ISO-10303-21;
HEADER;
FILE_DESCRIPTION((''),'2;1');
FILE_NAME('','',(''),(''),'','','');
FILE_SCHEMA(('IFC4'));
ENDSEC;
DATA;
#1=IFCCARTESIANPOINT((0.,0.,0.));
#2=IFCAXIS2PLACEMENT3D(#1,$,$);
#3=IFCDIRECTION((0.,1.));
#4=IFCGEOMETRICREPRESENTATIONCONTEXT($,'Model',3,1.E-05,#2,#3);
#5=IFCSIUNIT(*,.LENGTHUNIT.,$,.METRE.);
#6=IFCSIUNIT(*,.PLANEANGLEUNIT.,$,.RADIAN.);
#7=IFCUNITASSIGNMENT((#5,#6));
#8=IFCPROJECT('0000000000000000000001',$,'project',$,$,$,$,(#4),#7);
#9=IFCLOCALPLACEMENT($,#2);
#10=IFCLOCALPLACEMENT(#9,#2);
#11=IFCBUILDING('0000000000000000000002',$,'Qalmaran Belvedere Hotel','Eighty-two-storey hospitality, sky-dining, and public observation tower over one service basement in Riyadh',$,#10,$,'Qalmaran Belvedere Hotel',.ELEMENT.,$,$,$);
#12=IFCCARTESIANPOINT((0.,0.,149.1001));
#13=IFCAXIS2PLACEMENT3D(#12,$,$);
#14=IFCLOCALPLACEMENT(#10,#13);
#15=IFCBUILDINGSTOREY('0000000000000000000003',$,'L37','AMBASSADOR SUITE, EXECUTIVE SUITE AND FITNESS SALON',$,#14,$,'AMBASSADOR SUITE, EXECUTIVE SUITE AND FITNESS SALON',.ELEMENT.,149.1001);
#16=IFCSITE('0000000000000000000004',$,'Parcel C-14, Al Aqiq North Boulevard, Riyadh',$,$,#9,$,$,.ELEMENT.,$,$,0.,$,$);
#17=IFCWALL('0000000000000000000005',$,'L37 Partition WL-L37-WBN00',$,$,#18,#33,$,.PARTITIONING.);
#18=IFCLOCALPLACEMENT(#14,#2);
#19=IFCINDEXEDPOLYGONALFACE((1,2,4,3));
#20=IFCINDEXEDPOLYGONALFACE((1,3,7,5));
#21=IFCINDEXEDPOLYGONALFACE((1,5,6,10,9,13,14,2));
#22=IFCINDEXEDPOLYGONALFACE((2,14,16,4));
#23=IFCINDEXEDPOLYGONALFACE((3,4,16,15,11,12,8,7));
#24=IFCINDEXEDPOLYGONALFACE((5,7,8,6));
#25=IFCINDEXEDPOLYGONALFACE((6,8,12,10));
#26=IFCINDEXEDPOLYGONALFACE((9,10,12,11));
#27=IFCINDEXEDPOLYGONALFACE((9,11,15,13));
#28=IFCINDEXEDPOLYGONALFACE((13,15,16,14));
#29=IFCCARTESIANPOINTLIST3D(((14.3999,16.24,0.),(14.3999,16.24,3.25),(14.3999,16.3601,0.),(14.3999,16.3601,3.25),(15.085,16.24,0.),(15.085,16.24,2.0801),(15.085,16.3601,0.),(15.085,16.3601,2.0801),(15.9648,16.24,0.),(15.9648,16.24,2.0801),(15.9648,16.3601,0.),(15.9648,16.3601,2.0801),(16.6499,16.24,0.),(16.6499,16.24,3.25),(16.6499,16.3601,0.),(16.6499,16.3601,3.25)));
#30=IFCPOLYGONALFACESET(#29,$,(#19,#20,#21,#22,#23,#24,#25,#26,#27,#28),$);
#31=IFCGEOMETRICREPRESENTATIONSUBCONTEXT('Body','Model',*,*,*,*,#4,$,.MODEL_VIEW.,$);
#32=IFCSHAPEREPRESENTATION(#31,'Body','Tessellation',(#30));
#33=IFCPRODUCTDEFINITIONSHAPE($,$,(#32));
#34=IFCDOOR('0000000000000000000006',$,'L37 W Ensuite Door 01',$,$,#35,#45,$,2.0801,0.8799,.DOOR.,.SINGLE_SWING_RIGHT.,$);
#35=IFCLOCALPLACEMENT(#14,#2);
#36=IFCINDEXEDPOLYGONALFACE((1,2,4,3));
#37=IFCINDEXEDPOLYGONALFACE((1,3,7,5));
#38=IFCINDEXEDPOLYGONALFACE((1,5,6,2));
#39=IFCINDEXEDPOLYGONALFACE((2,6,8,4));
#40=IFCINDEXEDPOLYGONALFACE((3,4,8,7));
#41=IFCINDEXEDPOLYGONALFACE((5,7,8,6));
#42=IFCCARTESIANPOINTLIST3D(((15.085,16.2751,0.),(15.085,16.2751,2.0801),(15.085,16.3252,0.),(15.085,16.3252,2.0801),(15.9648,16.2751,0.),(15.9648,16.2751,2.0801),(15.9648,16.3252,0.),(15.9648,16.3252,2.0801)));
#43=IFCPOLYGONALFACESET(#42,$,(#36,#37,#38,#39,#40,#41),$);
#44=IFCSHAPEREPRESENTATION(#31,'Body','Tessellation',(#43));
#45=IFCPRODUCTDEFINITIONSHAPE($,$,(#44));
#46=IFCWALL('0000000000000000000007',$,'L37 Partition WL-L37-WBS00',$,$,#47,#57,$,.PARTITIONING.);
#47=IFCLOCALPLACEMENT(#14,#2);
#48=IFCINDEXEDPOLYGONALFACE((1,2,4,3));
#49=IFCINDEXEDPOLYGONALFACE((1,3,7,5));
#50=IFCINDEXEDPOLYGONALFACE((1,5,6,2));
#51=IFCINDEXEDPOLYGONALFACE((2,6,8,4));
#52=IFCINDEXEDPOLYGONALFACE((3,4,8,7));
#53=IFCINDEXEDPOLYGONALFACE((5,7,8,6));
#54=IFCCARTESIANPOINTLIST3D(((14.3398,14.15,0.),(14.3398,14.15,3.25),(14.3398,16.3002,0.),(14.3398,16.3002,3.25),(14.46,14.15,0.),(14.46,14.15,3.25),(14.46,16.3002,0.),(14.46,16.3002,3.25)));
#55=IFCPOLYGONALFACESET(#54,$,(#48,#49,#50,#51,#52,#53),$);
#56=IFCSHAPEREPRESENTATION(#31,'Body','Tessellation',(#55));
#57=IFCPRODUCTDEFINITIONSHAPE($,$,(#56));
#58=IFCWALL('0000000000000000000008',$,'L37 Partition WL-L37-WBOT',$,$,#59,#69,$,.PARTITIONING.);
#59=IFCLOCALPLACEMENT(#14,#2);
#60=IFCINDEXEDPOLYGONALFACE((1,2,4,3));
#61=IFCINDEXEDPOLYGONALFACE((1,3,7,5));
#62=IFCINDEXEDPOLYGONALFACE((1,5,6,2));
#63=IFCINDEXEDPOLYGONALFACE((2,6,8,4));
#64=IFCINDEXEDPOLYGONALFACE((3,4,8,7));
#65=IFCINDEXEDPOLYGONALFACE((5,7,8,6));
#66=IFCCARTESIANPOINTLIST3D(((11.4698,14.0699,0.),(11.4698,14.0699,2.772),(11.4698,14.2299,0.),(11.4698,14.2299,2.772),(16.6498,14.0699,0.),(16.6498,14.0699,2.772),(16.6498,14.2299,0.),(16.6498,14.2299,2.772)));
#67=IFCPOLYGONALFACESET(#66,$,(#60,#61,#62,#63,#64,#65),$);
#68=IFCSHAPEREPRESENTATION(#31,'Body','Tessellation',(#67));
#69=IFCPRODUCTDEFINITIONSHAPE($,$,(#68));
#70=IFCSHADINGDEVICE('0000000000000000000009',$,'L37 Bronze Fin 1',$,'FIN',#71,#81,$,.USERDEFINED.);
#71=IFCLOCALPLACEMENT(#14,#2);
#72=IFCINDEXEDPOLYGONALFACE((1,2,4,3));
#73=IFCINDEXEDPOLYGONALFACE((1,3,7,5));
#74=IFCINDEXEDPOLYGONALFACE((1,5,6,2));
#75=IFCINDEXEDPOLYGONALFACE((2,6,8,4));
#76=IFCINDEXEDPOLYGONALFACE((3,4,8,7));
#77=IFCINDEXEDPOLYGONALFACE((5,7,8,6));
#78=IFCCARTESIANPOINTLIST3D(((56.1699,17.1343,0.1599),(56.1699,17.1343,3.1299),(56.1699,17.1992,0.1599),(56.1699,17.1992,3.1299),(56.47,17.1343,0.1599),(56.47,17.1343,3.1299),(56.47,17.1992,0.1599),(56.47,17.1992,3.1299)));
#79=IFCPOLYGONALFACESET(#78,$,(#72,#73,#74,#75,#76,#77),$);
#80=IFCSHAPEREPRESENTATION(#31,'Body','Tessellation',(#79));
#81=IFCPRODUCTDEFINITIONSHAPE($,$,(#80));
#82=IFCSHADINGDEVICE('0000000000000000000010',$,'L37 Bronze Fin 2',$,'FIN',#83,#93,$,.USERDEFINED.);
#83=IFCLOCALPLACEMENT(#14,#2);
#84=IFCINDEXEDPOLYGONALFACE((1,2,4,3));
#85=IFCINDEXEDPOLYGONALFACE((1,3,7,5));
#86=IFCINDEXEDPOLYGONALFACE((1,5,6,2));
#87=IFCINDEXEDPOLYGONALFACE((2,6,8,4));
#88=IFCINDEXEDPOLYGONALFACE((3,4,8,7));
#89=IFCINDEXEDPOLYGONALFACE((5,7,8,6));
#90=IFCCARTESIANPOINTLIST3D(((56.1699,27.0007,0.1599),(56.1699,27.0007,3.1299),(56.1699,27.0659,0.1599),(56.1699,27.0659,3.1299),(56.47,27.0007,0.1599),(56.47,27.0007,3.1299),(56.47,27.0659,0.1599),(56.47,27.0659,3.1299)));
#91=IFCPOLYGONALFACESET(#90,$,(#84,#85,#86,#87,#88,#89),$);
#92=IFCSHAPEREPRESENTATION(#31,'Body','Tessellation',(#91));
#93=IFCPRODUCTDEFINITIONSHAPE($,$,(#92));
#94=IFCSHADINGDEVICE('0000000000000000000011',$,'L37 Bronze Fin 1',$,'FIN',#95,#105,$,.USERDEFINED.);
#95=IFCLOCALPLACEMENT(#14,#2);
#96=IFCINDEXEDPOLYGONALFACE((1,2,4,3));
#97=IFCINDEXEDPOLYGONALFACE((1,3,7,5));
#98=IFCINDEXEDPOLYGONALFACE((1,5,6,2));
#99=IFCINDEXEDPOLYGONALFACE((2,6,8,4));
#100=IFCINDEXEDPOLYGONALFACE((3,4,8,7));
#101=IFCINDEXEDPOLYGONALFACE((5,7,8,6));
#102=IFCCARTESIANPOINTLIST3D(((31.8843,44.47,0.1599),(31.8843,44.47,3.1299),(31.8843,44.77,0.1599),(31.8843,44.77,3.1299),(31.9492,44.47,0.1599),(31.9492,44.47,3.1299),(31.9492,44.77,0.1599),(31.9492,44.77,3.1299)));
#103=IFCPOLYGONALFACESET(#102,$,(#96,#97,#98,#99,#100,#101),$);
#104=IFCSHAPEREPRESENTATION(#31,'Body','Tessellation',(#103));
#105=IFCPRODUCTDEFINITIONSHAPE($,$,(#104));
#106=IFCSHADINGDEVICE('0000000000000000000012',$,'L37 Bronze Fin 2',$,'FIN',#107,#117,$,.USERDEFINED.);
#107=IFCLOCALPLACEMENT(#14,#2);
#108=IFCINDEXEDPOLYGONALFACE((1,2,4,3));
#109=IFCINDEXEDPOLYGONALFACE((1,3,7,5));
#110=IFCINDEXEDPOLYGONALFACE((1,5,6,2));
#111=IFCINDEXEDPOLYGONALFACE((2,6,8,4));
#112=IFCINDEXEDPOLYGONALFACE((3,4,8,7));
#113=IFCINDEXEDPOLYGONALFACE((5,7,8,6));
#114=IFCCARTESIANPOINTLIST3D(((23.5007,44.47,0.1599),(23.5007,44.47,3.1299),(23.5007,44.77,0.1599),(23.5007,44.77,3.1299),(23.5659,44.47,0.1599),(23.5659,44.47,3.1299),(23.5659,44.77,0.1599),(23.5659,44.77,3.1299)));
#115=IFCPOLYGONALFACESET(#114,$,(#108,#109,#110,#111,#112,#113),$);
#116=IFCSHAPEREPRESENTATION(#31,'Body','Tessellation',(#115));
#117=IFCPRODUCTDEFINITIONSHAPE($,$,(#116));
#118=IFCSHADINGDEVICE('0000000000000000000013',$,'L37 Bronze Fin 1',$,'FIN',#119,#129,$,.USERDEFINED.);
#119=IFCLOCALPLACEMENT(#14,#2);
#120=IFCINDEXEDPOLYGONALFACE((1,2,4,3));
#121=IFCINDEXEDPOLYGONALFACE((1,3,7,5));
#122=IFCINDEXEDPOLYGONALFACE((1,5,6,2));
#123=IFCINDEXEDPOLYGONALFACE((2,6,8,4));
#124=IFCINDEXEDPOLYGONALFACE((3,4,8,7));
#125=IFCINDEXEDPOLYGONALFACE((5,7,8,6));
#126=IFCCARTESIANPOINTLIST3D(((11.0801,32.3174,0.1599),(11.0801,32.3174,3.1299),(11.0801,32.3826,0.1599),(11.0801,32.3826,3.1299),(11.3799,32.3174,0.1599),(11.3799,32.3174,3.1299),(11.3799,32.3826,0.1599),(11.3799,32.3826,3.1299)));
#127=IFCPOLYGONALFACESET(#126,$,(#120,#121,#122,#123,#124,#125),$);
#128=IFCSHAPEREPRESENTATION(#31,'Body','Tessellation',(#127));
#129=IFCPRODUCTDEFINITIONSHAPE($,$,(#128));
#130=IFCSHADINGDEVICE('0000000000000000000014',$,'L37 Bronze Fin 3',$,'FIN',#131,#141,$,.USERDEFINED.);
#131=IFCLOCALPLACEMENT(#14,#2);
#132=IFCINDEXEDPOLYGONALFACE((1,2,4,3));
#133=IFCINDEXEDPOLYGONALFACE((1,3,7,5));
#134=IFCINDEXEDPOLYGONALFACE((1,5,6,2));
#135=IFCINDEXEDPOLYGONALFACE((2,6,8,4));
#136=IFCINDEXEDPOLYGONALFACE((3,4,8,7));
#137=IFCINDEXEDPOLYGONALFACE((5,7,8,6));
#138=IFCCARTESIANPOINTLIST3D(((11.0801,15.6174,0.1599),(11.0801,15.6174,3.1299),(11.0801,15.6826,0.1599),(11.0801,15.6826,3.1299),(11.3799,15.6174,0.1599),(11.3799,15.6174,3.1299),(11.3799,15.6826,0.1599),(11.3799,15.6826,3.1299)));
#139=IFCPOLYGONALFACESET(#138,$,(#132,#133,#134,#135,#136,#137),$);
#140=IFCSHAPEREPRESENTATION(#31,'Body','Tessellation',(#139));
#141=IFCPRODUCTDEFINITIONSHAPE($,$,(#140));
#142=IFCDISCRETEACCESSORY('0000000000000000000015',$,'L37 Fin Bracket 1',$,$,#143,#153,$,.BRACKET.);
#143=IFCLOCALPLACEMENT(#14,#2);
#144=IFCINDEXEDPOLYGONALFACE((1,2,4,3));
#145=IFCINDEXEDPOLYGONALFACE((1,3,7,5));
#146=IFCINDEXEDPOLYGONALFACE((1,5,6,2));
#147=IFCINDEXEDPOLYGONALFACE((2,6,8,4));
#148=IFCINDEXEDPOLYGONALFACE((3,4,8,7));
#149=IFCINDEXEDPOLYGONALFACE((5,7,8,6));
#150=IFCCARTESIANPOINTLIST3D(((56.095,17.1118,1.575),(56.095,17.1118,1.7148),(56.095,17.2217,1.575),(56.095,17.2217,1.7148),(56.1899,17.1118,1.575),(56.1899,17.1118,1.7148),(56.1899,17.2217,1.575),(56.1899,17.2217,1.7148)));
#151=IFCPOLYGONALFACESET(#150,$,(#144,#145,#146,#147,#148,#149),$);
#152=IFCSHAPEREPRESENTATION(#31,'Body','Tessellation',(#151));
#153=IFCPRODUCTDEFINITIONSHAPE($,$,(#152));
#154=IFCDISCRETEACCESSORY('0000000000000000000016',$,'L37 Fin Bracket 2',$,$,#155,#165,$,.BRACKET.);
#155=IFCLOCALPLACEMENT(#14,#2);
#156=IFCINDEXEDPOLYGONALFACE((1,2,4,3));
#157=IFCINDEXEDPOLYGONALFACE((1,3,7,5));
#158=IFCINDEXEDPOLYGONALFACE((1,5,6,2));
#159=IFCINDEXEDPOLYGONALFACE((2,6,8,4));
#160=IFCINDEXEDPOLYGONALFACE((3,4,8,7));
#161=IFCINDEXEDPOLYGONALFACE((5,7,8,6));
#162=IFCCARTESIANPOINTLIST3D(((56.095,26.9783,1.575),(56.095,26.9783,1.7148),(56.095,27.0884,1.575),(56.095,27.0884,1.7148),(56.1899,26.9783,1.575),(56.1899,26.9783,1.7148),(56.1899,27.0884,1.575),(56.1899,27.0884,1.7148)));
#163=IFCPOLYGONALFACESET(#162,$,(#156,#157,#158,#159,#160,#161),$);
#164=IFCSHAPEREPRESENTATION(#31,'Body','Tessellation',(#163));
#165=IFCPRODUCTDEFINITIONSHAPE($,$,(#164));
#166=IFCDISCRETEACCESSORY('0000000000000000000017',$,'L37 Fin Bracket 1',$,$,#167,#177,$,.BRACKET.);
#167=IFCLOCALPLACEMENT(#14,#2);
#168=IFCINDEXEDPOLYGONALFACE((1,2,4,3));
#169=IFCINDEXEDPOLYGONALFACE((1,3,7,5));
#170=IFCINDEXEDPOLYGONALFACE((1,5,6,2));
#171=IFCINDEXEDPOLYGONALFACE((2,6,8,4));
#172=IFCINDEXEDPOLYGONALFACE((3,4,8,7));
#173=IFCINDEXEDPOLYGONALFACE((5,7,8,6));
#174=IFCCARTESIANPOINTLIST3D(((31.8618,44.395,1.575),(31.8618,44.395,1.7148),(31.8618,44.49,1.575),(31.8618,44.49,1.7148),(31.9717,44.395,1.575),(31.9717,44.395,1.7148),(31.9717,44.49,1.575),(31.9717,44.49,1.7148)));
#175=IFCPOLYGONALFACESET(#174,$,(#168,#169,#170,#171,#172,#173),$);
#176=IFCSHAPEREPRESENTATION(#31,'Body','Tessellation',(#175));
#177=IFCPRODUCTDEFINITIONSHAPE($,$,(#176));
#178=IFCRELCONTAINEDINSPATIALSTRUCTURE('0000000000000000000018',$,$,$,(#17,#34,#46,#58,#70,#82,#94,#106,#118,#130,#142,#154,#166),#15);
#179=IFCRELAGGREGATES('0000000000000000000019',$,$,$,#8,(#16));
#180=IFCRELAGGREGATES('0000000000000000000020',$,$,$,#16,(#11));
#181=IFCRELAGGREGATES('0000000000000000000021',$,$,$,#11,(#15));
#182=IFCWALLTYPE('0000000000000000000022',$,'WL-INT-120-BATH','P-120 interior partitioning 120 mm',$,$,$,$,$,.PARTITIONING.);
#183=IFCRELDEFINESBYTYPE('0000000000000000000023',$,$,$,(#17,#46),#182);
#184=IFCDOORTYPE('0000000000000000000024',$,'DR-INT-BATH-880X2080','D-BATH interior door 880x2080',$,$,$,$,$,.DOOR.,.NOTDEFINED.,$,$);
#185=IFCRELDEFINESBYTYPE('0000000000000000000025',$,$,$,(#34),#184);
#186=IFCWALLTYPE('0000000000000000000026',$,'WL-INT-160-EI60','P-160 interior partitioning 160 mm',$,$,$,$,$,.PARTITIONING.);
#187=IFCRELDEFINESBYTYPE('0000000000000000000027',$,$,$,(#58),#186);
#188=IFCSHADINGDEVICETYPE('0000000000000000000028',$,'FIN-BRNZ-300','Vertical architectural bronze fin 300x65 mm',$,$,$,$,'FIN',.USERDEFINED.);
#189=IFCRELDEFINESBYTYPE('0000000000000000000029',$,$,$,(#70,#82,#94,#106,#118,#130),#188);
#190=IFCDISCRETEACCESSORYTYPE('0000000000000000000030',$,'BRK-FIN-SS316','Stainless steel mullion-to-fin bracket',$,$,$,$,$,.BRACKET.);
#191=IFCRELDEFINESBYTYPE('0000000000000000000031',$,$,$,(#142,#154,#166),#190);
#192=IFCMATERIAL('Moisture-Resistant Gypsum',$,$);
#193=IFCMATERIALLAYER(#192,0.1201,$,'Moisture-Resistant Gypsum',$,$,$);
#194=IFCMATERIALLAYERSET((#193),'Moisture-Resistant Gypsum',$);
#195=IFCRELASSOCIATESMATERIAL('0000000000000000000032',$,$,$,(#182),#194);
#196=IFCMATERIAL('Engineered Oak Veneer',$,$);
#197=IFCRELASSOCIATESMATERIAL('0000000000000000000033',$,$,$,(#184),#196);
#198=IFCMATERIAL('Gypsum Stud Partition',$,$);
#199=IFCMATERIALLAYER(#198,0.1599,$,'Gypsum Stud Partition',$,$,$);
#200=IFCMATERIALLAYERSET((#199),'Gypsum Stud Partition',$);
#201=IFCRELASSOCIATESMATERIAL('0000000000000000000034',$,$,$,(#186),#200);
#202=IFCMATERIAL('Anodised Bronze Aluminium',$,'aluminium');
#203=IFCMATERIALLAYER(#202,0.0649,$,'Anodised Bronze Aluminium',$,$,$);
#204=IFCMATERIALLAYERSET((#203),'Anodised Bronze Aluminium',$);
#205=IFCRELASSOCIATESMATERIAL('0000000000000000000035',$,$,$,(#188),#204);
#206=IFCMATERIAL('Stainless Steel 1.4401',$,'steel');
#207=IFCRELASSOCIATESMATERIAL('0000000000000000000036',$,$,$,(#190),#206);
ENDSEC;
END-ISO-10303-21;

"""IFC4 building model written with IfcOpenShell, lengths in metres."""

from ifc_helpers import new_model, si_unit, direction, frame, frame_2d, origin, place, context, subcontext, project, spatial, polyline, rectangle, outline, extrude, material, layer, layer_set, type_object, element, fill, save


model = new_model("IFC4")

# Units and contexts
model_context = context("Model", 3, precision=1e-05, world=origin(), true_north=direction((0.0, 1.0)))
body_context = subcontext(model_context, "Body", "Model", "MODEL_VIEW")
ifc_project = project(units=[si_unit("LENGTHUNIT", "METRE"), si_unit("PLANEANGLEUNIT", "RADIAN")], contexts=[model_context])

# Site, building, storey
site_placement = place(None, origin())
site = spatial("IfcSite", under=ifc_project, at=site_placement, Name="Parcel C-14, Al Aqiq North Boulevard, Riyadh", CompositionType="ELEMENT", RefElevation=0.0)
building_placement = place(site_placement, origin())
building = spatial("IfcBuilding", under=site, at=building_placement, Name="Qalmaran Belvedere Hotel", Description="Eighty-two-storey hospitality, sky-dining, and public observation tower over one service basement in Riyadh", LongName="Qalmaran Belvedere Hotel", CompositionType="ELEMENT")
storey_placement = place(building_placement, frame((0.0, 0.0, 149.1001)))
storey = spatial("IfcBuildingStorey", under=building, at=storey_placement, Name="L37", Description="AMBASSADOR SUITE, EXECUTIVE SUITE AND FITNESS SALON", LongName="AMBASSADOR SUITE, EXECUTIVE SUITE AND FITNESS SALON", CompositionType="ELEMENT", Elevation=149.1001)

# Shared definitions
ifc_material_1 = material(Name="Anodised Bronze Aluminium", Category="aluminium")

# Wall, opening, door
ifc_material_2 = material(Name="Moisture-Resistant Gypsum")
ifc_layer_1 = layer(ifc_material_2, 0.1201, Name="Moisture-Resistant Gypsum")
ifc_layer_set_1 = layer_set([ifc_layer_1], Name="Moisture-Resistant Gypsum")
wall_type_1 = type_object("IfcWallType", Name="WL-INT-120-BATH", Description="P-120 interior partitioning 120 mm", PredefinedType="PARTITIONING", material=ifc_layer_set_1)
wall_1_placement = place(storey_placement, frame((14.3999, 16.3, 0.0), z_axis=(0.0, 0.0, 1.0), x_axis=(1.0, 0.0, 0.0)))
wall_1 = element("IfcWall", 1, at=wall_1_placement, inside=storey, type_object=wall_type_1, Name="L37 Partition WL-L37-WBN00", PredefinedType="PARTITIONING", context=body_context, shape_type="SweptSolid", body=[
    extrude(rectangle(XDim=2.25, YDim=0.1201, at=frame_2d((1.125, 0.0))), origin(), (0.0, 0.0, 1.0), 3.25),
])
opening_1_placement = place(wall_1_placement, frame((1.5649, 0.0, 0.0), z_axis=(0.0, 0.0, 1.0), x_axis=(-1.0, 0.0, 0.0)))
opening_1 = element("IfcOpeningElement", 2, at=opening_1_placement, cuts=wall_1, PredefinedType="OPENING", context=body_context, shape_type="SweptSolid", body=[
    extrude(rectangle(XDim=0.8799, YDim=2.0801, at=frame_2d((0.4399, 1.04))), frame((0.0, 0.0701, 0.0), z_axis=(0.0, -1.0, 0.0), x_axis=(1.0, 0.0, 0.0)), (0.0, 0.0, 1.0), 0.1401),
])
ifc_material_3 = material(Name="Engineered Oak Veneer")
door_type = type_object("IfcDoorType", Name="DR-INT-BATH-880X2080", Description="D-BATH interior door 880x2080", OperationType="NOTDEFINED", PredefinedType="DOOR", material=ifc_material_3)
door_placement = place(opening_1_placement, origin())
door = element("IfcDoor", 3, at=door_placement, inside=storey, type_object=door_type, Name="L37 W Ensuite Door 01", OperationType="SINGLE_SWING_RIGHT", OverallHeight=2.0801, OverallWidth=0.8799, PredefinedType="DOOR", context=body_context, shape_type="SweptSolid", body=[
    extrude(rectangle(XDim=0.8799, YDim=2.0801, at=frame_2d((0.4399, 1.04))), frame((0.0, 0.0249, 0.0), z_axis=(0.0, -1.0, 0.0), x_axis=(1.0, 0.0, 0.0)), (0.0, 0.0, 1.0), 0.05),
])
fill(opening_1, door)

# Walls
wall_2_placement = place(storey_placement, frame((14.3999, 14.1499, 0.0), z_axis=(0.0, 0.0, 1.0), x_axis=(0.0, 1.0, 0.0)))
element("IfcWall", 4, at=wall_2_placement, inside=storey, type_object=wall_type_1, Name="L37 Partition WL-L37-WBS00", PredefinedType="PARTITIONING", context=body_context, shape_type="SweptSolid", body=[
    extrude(rectangle(XDim=2.1501, YDim=0.1201, at=frame_2d((1.0752, 0.0))), origin(), (0.0, 0.0, 1.0), 3.25),
])
ifc_material_4 = material(Name="Gypsum Stud Partition")
ifc_layer_2 = layer(ifc_material_4, 0.1599, Name="Gypsum Stud Partition")
ifc_layer_set_2 = layer_set([ifc_layer_2], Name="Gypsum Stud Partition")
wall_type_2 = type_object("IfcWallType", Name="WL-INT-160-EI60", Description="P-160 interior partitioning 160 mm", PredefinedType="PARTITIONING", material=ifc_layer_set_2)
wall_3_placement = place(storey_placement, frame((11.47, 14.1499, 0.0), z_axis=(0.0, 0.0, 1.0), x_axis=(1.0, 0.0, 0.0)))
element("IfcWall", 5, at=wall_3_placement, inside=storey, type_object=wall_type_2, Name="L37 Partition WL-L37-WBOT", PredefinedType="PARTITIONING", context=body_context, shape_type="SweptSolid", body=[
    extrude(rectangle(XDim=5.1799, YDim=0.1599, at=frame_2d((2.5898, 0.0))), origin(), (0.0, 0.0, 1.0), 2.772),
])

# Shading devices
ifc_layer_3 = layer(ifc_material_1, 0.0649, Name="Anodised Bronze Aluminium")
ifc_layer_set_3 = layer_set([ifc_layer_3], Name="Anodised Bronze Aluminium")
shading_device_type = type_object("IfcShadingDeviceType", Name="FIN-BRNZ-300", Description="Vertical architectural bronze fin 300x65 mm", ElementType="FIN", PredefinedType="USERDEFINED", material=ifc_layer_set_3)
shading_device_1_placement = place(storey_placement, frame((0.0, 0.0, 0.1599)))
element("IfcShadingDevice", 6, at=shading_device_1_placement, inside=storey, type_object=shading_device_type, Name="L37 Bronze Fin 1", ObjectType="FIN", PredefinedType="USERDEFINED", context=body_context, shape_type="SweptSolid", body=[
    extrude(outline(polyline([(56.1699, 17.1343), (56.47, 17.1343), (56.47, 17.1992), (56.1699, 17.1992), (56.1699, 17.1343)])), origin(), (0.0, 0.0, 1.0), 2.97),
])
shading_device_2_placement = place(storey_placement, frame((0.0, 0.0, 0.1599)))
element("IfcShadingDevice", 7, at=shading_device_2_placement, inside=storey, type_object=shading_device_type, Name="L37 Bronze Fin 2", ObjectType="FIN", PredefinedType="USERDEFINED", context=body_context, shape_type="SweptSolid", body=[
    extrude(outline(polyline([(56.1699, 27.0007), (56.47, 27.0007), (56.47, 27.0659), (56.1699, 27.0659), (56.1699, 27.0007)])), origin(), (0.0, 0.0, 1.0), 2.97),
])
shading_device_3_placement = place(storey_placement, frame((0.0, 0.0, 0.1599)))
element("IfcShadingDevice", 8, at=shading_device_3_placement, inside=storey, type_object=shading_device_type, Name="L37 Bronze Fin 1", ObjectType="FIN", PredefinedType="USERDEFINED", context=body_context, shape_type="SweptSolid", body=[
    extrude(outline(polyline([(31.9492, 44.47), (31.9492, 44.77), (31.8843, 44.77), (31.8843, 44.47), (31.9492, 44.47)])), origin(), (0.0, 0.0, 1.0), 2.97),
])
shading_device_4_placement = place(storey_placement, frame((0.0, 0.0, 0.1599)))
element("IfcShadingDevice", 9, at=shading_device_4_placement, inside=storey, type_object=shading_device_type, Name="L37 Bronze Fin 2", ObjectType="FIN", PredefinedType="USERDEFINED", context=body_context, shape_type="SweptSolid", body=[
    extrude(outline(polyline([(23.5659, 44.47), (23.5659, 44.77), (23.5007, 44.77), (23.5007, 44.47), (23.5659, 44.47)])), origin(), (0.0, 0.0, 1.0), 2.97),
])
shading_device_5_placement = place(storey_placement, frame((0.0, 0.0, 0.1599)))
element("IfcShadingDevice", 10, at=shading_device_5_placement, inside=storey, type_object=shading_device_type, Name="L37 Bronze Fin 1", ObjectType="FIN", PredefinedType="USERDEFINED", context=body_context, shape_type="SweptSolid", body=[
    extrude(outline(polyline([(11.3799, 32.3826), (11.0801, 32.3826), (11.0801, 32.3174), (11.3799, 32.3174), (11.3799, 32.3826)])), origin(), (0.0, 0.0, 1.0), 2.97),
])
shading_device_6_placement = place(storey_placement, frame((0.0, 0.0, 0.1599)))
element("IfcShadingDevice", 11, at=shading_device_6_placement, inside=storey, type_object=shading_device_type, Name="L37 Bronze Fin 3", ObjectType="FIN", PredefinedType="USERDEFINED", context=body_context, shape_type="SweptSolid", body=[
    extrude(outline(polyline([(11.3799, 15.6826), (11.0801, 15.6826), (11.0801, 15.6174), (11.3799, 15.6174), (11.3799, 15.6826)])), origin(), (0.0, 0.0, 1.0), 2.97),
])

# Discrete accessories
ifc_material_5 = material(Name="Stainless Steel 1.4401", Category="steel")
discrete_accessory_type_1 = type_object("IfcDiscreteAccessoryType", Name="BRK-FIN-SS316", Description="Stainless steel mullion-to-fin bracket", PredefinedType="BRACKET", material=ifc_material_5)
discrete_accessory_1_placement = place(storey_placement, frame((0.0, 0.0, 1.575)))
element("IfcDiscreteAccessory", 12, at=discrete_accessory_1_placement, inside=storey, type_object=discrete_accessory_type_1, Name="L37 Fin Bracket 1", PredefinedType="BRACKET", context=body_context, shape_type="SweptSolid", body=[
    extrude(outline(polyline([(56.095, 17.1118), (56.1899, 17.1118), (56.1899, 17.2217), (56.095, 17.2217), (56.095, 17.1118)])), origin(), (0.0, 0.0, 1.0), 0.1399),
])
discrete_accessory_2_placement = place(storey_placement, frame((0.0, 0.0, 1.575)))
element("IfcDiscreteAccessory", 13, at=discrete_accessory_2_placement, inside=storey, type_object=discrete_accessory_type_1, Name="L37 Fin Bracket 2", PredefinedType="BRACKET", context=body_context, shape_type="SweptSolid", body=[
    extrude(outline(polyline([(56.095, 26.9783), (56.1899, 26.9783), (56.1899, 27.0884), (56.095, 27.0884), (56.095, 26.9783)])), origin(), (0.0, 0.0, 1.0), 0.1399),
])
discrete_accessory_3_placement = place(storey_placement, frame((0.0, 0.0, 1.575)))
element("IfcDiscreteAccessory", 14, at=discrete_accessory_3_placement, inside=storey, type_object=discrete_accessory_type_1, Name="L37 Fin Bracket 1", PredefinedType="BRACKET", context=body_context, shape_type="SweptSolid", body=[
    extrude(outline(polyline([(31.9717, 44.395), (31.9717, 44.49), (31.8618, 44.49), (31.8618, 44.395), (31.9717, 44.395)])), origin(), (0.0, 0.0, 1.0), 0.1399),
])

save(model, "model.ifc")
